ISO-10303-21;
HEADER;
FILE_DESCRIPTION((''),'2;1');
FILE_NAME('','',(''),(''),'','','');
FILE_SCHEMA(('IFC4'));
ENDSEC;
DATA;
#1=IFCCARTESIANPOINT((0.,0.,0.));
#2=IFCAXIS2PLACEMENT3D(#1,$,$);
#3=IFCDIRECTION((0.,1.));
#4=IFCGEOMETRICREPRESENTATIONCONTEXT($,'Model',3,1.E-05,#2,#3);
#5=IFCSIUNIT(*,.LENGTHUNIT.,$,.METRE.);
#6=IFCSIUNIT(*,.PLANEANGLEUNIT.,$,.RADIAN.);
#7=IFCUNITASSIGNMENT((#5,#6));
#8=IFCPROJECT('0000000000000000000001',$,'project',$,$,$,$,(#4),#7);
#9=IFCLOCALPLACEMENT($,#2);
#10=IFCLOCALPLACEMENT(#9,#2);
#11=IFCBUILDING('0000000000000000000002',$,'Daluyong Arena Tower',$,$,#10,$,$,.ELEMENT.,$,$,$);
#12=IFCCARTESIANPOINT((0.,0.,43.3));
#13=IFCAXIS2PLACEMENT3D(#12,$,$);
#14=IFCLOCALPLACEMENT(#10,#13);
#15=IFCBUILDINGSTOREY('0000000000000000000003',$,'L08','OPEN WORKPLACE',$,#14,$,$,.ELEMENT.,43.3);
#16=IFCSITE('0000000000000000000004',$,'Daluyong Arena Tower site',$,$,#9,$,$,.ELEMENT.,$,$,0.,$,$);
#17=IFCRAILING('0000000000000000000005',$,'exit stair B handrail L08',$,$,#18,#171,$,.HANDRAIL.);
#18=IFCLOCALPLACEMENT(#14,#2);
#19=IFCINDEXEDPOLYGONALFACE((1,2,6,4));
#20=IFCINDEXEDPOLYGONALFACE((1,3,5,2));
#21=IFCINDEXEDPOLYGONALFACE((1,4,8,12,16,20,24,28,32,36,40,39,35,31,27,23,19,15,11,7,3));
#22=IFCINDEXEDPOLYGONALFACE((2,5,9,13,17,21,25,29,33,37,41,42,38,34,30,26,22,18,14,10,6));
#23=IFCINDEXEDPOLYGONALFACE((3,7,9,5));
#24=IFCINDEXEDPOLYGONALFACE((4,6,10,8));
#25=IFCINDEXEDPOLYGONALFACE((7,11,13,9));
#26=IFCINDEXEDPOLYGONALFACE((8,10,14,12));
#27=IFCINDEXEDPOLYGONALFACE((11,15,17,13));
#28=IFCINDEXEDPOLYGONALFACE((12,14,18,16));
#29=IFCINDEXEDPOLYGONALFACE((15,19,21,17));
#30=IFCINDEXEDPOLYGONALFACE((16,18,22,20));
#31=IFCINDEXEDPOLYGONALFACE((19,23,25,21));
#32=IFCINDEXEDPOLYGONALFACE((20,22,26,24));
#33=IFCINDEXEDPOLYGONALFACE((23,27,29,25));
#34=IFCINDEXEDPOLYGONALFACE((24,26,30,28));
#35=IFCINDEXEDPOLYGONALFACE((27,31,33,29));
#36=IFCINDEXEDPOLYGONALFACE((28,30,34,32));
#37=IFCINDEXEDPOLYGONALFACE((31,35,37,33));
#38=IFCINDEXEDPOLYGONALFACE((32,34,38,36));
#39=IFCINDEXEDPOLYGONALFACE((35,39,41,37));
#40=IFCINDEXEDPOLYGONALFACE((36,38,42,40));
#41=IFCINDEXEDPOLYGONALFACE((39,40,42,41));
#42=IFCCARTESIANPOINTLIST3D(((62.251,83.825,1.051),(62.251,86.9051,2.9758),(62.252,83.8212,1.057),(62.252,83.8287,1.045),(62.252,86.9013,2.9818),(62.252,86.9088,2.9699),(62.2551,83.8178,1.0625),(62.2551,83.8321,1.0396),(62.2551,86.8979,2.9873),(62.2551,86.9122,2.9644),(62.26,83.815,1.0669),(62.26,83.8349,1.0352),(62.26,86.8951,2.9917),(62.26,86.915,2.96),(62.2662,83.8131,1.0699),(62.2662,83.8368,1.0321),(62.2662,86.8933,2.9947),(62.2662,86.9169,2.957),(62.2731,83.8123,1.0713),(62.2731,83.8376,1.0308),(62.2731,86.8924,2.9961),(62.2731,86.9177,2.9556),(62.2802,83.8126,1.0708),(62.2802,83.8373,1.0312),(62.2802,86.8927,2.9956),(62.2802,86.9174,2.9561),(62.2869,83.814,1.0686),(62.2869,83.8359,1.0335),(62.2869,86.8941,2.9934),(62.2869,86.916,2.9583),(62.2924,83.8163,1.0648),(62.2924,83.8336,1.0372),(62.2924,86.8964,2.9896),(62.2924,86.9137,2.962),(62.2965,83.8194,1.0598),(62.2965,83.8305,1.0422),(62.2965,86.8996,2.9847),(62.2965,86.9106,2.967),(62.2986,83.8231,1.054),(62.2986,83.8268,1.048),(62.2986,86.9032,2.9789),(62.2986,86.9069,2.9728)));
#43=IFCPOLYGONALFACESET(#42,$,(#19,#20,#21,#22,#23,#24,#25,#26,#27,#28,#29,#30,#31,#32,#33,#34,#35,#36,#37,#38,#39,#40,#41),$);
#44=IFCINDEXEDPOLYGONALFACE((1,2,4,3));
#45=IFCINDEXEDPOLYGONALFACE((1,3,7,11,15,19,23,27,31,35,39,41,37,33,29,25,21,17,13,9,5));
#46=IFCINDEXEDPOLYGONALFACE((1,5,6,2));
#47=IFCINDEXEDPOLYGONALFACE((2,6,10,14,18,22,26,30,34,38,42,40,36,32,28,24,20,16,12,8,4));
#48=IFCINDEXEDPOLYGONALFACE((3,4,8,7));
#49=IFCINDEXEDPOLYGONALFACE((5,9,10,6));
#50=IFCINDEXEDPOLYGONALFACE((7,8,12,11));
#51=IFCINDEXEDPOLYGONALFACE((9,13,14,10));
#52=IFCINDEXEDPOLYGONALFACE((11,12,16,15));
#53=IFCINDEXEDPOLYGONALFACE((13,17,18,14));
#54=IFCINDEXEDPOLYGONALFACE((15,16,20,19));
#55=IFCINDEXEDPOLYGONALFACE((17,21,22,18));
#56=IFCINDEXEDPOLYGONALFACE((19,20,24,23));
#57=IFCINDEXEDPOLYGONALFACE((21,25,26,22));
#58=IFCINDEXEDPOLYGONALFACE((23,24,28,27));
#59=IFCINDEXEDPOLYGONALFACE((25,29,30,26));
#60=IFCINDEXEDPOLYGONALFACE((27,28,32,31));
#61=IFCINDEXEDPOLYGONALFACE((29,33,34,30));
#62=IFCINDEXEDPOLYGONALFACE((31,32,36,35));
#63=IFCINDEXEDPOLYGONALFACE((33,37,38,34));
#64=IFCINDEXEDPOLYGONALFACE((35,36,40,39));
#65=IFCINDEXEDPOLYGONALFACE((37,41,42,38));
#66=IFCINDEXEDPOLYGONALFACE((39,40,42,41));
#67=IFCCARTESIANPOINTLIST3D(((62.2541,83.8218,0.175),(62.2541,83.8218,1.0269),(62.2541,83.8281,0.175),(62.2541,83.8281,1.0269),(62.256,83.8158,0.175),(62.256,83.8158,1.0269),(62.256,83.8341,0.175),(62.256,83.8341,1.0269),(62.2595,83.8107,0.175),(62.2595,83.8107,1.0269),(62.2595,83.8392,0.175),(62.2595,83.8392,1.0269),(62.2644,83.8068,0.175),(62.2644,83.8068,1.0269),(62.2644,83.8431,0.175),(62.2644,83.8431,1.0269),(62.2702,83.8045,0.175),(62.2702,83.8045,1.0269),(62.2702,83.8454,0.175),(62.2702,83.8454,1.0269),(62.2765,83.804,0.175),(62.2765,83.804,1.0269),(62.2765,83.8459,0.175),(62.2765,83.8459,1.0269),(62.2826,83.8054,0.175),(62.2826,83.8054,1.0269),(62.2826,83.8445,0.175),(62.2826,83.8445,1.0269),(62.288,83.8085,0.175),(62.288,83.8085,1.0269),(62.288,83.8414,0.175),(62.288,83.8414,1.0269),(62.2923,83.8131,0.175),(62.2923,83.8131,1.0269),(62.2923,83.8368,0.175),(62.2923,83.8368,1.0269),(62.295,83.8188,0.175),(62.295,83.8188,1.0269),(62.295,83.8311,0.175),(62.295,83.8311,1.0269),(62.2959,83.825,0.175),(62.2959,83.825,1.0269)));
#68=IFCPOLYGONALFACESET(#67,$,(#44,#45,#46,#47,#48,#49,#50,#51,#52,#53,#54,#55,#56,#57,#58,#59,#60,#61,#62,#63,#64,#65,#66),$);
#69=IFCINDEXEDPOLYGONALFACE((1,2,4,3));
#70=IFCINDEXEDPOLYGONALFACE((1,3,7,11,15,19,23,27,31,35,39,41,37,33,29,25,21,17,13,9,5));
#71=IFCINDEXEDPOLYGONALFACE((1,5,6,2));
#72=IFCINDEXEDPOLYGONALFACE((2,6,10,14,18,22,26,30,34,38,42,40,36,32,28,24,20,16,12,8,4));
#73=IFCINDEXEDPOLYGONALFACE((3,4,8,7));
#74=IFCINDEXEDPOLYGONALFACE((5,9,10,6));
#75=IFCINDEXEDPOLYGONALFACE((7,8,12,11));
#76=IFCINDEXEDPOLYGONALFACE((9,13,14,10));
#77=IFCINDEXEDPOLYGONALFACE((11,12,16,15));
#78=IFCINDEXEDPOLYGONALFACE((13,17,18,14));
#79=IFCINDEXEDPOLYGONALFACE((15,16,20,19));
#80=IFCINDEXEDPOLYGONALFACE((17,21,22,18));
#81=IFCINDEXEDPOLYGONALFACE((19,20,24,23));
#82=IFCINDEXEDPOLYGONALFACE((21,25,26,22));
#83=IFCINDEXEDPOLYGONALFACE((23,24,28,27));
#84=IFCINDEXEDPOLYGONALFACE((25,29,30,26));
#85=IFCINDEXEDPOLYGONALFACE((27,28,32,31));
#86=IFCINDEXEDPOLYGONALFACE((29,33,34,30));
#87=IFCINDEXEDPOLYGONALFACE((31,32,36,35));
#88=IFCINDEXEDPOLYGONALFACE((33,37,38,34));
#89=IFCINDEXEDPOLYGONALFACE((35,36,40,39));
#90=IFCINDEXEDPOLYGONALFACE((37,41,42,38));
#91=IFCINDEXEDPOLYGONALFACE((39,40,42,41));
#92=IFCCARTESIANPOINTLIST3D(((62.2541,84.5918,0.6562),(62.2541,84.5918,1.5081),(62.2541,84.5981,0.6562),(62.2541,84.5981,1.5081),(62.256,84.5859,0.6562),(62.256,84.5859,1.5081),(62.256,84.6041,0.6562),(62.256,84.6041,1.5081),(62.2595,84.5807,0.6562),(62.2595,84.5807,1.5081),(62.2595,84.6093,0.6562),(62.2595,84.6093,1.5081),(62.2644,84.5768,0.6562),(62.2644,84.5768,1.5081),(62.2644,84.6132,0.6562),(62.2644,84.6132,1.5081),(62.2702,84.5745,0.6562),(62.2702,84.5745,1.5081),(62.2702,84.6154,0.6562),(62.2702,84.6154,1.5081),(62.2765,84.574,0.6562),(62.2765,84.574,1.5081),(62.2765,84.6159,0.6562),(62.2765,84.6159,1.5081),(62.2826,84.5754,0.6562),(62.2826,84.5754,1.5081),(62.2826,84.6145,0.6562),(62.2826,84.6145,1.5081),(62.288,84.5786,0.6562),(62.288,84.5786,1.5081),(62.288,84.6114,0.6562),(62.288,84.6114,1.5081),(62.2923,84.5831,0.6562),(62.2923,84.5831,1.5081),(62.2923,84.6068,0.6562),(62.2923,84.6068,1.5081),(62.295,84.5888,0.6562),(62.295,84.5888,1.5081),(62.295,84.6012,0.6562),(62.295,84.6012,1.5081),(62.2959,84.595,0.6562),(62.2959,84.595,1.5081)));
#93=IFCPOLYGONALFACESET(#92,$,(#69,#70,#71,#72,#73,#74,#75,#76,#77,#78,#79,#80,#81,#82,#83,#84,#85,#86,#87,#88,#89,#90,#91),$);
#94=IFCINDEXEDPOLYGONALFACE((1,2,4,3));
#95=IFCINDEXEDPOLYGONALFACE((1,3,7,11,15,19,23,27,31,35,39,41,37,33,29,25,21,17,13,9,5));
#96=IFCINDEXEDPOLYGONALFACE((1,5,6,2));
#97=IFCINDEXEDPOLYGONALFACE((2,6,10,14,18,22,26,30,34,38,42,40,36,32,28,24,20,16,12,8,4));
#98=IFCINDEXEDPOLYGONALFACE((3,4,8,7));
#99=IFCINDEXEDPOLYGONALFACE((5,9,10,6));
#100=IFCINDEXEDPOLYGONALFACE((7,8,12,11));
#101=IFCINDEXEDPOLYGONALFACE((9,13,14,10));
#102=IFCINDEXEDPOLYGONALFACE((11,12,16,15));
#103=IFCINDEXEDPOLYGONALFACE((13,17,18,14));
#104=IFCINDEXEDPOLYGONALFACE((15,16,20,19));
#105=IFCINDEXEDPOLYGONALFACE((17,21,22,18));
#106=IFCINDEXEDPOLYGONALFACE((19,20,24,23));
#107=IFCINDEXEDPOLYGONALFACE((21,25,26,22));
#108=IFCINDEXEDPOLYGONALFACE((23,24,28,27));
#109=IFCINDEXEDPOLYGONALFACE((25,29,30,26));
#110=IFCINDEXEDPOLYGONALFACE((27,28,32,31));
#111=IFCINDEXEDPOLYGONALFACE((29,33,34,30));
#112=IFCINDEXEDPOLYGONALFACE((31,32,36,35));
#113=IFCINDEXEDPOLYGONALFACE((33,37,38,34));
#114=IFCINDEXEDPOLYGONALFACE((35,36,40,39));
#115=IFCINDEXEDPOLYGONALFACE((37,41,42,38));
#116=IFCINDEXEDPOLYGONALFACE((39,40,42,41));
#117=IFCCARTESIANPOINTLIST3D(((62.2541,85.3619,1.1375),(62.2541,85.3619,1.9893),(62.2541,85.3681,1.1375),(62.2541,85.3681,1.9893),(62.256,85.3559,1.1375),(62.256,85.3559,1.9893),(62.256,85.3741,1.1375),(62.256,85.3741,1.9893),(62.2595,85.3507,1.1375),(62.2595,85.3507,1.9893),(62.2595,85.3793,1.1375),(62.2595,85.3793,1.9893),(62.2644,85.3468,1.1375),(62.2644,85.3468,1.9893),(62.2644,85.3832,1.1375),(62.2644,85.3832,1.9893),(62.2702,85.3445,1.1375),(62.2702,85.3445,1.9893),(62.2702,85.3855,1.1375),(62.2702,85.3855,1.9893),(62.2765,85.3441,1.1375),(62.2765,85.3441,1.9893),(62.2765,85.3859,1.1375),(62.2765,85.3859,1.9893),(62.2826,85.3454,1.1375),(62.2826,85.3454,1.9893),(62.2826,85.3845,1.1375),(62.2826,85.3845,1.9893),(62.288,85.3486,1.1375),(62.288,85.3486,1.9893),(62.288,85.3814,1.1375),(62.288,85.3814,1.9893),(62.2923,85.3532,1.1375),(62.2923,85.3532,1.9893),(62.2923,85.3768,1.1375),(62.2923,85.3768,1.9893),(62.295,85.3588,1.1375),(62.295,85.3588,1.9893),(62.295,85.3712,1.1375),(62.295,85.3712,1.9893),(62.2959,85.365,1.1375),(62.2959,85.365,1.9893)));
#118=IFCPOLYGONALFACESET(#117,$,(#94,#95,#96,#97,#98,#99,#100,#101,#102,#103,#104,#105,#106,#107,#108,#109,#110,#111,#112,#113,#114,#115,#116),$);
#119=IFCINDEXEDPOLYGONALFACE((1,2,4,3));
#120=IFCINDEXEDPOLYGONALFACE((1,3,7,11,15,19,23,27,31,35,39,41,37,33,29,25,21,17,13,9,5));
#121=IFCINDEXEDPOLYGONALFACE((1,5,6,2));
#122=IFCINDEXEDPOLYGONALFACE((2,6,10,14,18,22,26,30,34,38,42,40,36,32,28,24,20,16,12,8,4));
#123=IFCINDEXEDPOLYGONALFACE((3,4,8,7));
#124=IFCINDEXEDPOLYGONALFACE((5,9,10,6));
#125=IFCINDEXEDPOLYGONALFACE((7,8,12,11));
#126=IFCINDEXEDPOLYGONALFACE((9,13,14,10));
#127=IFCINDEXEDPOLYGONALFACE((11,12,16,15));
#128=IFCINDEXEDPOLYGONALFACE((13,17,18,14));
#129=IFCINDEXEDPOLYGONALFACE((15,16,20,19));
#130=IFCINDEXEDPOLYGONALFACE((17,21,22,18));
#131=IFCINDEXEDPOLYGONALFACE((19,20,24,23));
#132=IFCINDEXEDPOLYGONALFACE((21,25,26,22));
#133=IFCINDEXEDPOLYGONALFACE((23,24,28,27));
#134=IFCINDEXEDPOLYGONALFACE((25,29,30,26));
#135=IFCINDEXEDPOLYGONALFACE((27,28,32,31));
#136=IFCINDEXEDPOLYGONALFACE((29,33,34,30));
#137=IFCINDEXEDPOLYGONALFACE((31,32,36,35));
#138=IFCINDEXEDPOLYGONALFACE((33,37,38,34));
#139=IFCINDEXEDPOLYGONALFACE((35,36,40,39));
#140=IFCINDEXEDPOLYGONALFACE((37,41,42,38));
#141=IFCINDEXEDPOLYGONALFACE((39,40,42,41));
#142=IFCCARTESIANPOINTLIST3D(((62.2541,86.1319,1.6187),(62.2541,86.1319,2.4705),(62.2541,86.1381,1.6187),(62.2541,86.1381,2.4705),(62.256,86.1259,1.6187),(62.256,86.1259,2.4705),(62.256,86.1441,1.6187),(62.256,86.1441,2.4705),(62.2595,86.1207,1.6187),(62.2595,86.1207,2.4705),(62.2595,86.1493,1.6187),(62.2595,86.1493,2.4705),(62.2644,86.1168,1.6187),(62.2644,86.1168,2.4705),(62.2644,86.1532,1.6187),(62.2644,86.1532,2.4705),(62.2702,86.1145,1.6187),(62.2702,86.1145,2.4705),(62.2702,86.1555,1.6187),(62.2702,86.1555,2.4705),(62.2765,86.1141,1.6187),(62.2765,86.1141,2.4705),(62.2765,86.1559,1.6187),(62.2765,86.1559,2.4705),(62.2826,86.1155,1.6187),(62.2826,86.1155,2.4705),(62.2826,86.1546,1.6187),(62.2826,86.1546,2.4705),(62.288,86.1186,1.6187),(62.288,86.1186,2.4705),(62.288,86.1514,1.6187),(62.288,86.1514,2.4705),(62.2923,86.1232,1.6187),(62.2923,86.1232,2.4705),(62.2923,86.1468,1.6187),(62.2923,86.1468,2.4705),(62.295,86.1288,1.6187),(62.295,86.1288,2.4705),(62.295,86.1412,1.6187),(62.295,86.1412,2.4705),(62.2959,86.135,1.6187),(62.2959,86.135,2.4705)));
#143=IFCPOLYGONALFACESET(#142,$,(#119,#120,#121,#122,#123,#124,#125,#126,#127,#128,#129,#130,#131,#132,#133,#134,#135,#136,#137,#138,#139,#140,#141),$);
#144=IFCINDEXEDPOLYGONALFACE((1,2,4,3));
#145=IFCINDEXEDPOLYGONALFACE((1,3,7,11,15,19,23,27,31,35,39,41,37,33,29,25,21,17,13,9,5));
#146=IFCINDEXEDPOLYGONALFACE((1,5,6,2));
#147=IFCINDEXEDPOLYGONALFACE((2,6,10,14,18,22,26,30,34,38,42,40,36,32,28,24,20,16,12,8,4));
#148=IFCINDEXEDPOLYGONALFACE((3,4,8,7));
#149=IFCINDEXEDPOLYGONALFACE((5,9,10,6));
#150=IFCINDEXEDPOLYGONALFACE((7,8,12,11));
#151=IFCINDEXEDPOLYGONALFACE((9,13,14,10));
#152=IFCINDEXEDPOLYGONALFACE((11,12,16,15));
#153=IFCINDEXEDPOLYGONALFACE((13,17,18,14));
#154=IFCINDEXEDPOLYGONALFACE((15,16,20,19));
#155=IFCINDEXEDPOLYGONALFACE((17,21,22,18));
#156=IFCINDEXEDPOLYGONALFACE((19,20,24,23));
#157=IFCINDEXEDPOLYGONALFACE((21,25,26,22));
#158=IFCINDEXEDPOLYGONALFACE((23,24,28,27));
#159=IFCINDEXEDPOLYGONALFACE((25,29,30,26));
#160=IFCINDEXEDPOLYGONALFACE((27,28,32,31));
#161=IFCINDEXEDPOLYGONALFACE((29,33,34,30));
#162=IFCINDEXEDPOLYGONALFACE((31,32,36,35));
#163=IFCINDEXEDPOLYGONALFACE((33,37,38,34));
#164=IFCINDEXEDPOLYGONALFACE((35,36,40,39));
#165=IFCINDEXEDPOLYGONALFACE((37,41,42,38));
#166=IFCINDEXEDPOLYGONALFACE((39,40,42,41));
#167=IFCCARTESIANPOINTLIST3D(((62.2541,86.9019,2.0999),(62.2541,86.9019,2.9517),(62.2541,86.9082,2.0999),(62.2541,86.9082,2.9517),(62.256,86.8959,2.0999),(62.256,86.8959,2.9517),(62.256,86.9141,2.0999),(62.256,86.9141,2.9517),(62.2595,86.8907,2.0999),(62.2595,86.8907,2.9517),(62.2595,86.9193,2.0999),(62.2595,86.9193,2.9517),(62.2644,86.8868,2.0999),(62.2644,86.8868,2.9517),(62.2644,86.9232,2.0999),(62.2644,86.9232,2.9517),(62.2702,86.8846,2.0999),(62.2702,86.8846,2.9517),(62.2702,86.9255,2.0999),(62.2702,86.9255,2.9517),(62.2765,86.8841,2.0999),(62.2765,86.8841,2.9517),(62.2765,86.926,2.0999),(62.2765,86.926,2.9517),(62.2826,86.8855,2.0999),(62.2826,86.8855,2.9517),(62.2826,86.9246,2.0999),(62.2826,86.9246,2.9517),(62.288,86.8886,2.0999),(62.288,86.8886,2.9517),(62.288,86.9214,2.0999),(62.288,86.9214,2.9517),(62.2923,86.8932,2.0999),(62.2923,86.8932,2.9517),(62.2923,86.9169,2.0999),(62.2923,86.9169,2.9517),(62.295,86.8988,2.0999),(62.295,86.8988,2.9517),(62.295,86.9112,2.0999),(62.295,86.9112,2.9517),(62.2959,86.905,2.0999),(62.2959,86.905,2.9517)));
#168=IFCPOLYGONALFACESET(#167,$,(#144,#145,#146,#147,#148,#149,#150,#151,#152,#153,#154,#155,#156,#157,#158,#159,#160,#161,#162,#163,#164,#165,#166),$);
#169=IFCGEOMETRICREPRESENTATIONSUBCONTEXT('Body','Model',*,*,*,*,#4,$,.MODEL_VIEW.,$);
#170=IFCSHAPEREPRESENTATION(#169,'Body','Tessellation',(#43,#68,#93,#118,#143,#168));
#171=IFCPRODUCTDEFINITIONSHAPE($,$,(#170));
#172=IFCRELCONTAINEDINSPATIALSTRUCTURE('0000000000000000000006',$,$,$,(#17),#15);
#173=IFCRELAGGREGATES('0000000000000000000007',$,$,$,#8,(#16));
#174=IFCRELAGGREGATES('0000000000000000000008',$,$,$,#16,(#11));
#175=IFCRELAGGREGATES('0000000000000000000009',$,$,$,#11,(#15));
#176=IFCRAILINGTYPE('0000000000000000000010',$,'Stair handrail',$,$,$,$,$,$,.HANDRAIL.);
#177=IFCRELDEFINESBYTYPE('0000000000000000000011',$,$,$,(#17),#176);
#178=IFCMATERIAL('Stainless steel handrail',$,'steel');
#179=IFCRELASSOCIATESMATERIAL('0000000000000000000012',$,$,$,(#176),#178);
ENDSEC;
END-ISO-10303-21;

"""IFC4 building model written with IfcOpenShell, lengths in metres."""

from ifc_helpers import new_model, si_unit, direction, frame, origin, origin_2d, place, context, subcontext, project, spatial, circle, extrude, material, type_object, element, save


model = new_model("IFC4")

# Units and contexts
model_context = context("Model", 3, precision=1e-05, world=origin(), true_north=direction((0.0, 1.0)))
body_context = subcontext(model_context, "Body", "Model", "MODEL_VIEW")
ifc_project = project(units=[si_unit("LENGTHUNIT", "METRE"), si_unit("PLANEANGLEUNIT", "RADIAN")], contexts=[model_context])

# Site, building, storey
site_placement = place(None, origin())
site = spatial("IfcSite", under=ifc_project, at=site_placement, Name="Daluyong Arena Tower site", CompositionType="ELEMENT", RefElevation=0.0)
building_placement = place(site_placement, origin())
building = spatial("IfcBuilding", under=site, at=building_placement, Name="Daluyong Arena Tower", CompositionType="ELEMENT")
storey_placement = place(building_placement, frame((0.0, 0.0, 43.3)))
storey = spatial("IfcBuildingStorey", under=building, at=storey_placement, Name="L08", Description="OPEN WORKPLACE", CompositionType="ELEMENT", Elevation=43.3)

# Railing
ifc_material_1 = material(Name="Stainless steel handrail", Category="steel")
railing_type_1 = type_object("IfcRailingType", Name="Stair handrail", PredefinedType="HANDRAIL", material=ifc_material_1)
railing_1_placement = place(storey_placement, frame((62.2749, 83.825, 0.175)))
element("IfcRailing", 1, at=railing_1_placement, inside=storey, type_object=railing_type_1, Name="exit stair B handrail L08", PredefinedType="HANDRAIL", context=body_context, shape_type="SweptSolid", body=[
    extrude(circle(Radius=0.0239, at=origin_2d()), frame((0.0, 0.0, 0.876), z_axis=(0.0, 0.848029, 0.529951), x_axis=(-1.0, 0.0, 0.0)), (0.0, 0.0, 1.0), 3.6321),
    extrude(circle(Radius=0.021, at=origin_2d()), origin(), (0.0, 0.0, 1.0), 0.8518),
    extrude(circle(Radius=0.021, at=origin_2d()), frame((0.0, 0.77, 0.4812)), (0.0, 0.0, 1.0), 0.8518),
    extrude(circle(Radius=0.021, at=origin_2d()), frame((0.0, 1.54, 0.9624)), (0.0, 0.0, 1.0), 0.8518),
    extrude(circle(Radius=0.021, at=origin_2d()), frame((0.0, 2.3101, 1.4436)), (0.0, 0.0, 1.0), 0.8518),
    extrude(circle(Radius=0.021, at=origin_2d()), frame((0.0, 3.0801, 1.9248)), (0.0, 0.0, 1.0), 0.8518),
])

save(model, "model.ifc")
